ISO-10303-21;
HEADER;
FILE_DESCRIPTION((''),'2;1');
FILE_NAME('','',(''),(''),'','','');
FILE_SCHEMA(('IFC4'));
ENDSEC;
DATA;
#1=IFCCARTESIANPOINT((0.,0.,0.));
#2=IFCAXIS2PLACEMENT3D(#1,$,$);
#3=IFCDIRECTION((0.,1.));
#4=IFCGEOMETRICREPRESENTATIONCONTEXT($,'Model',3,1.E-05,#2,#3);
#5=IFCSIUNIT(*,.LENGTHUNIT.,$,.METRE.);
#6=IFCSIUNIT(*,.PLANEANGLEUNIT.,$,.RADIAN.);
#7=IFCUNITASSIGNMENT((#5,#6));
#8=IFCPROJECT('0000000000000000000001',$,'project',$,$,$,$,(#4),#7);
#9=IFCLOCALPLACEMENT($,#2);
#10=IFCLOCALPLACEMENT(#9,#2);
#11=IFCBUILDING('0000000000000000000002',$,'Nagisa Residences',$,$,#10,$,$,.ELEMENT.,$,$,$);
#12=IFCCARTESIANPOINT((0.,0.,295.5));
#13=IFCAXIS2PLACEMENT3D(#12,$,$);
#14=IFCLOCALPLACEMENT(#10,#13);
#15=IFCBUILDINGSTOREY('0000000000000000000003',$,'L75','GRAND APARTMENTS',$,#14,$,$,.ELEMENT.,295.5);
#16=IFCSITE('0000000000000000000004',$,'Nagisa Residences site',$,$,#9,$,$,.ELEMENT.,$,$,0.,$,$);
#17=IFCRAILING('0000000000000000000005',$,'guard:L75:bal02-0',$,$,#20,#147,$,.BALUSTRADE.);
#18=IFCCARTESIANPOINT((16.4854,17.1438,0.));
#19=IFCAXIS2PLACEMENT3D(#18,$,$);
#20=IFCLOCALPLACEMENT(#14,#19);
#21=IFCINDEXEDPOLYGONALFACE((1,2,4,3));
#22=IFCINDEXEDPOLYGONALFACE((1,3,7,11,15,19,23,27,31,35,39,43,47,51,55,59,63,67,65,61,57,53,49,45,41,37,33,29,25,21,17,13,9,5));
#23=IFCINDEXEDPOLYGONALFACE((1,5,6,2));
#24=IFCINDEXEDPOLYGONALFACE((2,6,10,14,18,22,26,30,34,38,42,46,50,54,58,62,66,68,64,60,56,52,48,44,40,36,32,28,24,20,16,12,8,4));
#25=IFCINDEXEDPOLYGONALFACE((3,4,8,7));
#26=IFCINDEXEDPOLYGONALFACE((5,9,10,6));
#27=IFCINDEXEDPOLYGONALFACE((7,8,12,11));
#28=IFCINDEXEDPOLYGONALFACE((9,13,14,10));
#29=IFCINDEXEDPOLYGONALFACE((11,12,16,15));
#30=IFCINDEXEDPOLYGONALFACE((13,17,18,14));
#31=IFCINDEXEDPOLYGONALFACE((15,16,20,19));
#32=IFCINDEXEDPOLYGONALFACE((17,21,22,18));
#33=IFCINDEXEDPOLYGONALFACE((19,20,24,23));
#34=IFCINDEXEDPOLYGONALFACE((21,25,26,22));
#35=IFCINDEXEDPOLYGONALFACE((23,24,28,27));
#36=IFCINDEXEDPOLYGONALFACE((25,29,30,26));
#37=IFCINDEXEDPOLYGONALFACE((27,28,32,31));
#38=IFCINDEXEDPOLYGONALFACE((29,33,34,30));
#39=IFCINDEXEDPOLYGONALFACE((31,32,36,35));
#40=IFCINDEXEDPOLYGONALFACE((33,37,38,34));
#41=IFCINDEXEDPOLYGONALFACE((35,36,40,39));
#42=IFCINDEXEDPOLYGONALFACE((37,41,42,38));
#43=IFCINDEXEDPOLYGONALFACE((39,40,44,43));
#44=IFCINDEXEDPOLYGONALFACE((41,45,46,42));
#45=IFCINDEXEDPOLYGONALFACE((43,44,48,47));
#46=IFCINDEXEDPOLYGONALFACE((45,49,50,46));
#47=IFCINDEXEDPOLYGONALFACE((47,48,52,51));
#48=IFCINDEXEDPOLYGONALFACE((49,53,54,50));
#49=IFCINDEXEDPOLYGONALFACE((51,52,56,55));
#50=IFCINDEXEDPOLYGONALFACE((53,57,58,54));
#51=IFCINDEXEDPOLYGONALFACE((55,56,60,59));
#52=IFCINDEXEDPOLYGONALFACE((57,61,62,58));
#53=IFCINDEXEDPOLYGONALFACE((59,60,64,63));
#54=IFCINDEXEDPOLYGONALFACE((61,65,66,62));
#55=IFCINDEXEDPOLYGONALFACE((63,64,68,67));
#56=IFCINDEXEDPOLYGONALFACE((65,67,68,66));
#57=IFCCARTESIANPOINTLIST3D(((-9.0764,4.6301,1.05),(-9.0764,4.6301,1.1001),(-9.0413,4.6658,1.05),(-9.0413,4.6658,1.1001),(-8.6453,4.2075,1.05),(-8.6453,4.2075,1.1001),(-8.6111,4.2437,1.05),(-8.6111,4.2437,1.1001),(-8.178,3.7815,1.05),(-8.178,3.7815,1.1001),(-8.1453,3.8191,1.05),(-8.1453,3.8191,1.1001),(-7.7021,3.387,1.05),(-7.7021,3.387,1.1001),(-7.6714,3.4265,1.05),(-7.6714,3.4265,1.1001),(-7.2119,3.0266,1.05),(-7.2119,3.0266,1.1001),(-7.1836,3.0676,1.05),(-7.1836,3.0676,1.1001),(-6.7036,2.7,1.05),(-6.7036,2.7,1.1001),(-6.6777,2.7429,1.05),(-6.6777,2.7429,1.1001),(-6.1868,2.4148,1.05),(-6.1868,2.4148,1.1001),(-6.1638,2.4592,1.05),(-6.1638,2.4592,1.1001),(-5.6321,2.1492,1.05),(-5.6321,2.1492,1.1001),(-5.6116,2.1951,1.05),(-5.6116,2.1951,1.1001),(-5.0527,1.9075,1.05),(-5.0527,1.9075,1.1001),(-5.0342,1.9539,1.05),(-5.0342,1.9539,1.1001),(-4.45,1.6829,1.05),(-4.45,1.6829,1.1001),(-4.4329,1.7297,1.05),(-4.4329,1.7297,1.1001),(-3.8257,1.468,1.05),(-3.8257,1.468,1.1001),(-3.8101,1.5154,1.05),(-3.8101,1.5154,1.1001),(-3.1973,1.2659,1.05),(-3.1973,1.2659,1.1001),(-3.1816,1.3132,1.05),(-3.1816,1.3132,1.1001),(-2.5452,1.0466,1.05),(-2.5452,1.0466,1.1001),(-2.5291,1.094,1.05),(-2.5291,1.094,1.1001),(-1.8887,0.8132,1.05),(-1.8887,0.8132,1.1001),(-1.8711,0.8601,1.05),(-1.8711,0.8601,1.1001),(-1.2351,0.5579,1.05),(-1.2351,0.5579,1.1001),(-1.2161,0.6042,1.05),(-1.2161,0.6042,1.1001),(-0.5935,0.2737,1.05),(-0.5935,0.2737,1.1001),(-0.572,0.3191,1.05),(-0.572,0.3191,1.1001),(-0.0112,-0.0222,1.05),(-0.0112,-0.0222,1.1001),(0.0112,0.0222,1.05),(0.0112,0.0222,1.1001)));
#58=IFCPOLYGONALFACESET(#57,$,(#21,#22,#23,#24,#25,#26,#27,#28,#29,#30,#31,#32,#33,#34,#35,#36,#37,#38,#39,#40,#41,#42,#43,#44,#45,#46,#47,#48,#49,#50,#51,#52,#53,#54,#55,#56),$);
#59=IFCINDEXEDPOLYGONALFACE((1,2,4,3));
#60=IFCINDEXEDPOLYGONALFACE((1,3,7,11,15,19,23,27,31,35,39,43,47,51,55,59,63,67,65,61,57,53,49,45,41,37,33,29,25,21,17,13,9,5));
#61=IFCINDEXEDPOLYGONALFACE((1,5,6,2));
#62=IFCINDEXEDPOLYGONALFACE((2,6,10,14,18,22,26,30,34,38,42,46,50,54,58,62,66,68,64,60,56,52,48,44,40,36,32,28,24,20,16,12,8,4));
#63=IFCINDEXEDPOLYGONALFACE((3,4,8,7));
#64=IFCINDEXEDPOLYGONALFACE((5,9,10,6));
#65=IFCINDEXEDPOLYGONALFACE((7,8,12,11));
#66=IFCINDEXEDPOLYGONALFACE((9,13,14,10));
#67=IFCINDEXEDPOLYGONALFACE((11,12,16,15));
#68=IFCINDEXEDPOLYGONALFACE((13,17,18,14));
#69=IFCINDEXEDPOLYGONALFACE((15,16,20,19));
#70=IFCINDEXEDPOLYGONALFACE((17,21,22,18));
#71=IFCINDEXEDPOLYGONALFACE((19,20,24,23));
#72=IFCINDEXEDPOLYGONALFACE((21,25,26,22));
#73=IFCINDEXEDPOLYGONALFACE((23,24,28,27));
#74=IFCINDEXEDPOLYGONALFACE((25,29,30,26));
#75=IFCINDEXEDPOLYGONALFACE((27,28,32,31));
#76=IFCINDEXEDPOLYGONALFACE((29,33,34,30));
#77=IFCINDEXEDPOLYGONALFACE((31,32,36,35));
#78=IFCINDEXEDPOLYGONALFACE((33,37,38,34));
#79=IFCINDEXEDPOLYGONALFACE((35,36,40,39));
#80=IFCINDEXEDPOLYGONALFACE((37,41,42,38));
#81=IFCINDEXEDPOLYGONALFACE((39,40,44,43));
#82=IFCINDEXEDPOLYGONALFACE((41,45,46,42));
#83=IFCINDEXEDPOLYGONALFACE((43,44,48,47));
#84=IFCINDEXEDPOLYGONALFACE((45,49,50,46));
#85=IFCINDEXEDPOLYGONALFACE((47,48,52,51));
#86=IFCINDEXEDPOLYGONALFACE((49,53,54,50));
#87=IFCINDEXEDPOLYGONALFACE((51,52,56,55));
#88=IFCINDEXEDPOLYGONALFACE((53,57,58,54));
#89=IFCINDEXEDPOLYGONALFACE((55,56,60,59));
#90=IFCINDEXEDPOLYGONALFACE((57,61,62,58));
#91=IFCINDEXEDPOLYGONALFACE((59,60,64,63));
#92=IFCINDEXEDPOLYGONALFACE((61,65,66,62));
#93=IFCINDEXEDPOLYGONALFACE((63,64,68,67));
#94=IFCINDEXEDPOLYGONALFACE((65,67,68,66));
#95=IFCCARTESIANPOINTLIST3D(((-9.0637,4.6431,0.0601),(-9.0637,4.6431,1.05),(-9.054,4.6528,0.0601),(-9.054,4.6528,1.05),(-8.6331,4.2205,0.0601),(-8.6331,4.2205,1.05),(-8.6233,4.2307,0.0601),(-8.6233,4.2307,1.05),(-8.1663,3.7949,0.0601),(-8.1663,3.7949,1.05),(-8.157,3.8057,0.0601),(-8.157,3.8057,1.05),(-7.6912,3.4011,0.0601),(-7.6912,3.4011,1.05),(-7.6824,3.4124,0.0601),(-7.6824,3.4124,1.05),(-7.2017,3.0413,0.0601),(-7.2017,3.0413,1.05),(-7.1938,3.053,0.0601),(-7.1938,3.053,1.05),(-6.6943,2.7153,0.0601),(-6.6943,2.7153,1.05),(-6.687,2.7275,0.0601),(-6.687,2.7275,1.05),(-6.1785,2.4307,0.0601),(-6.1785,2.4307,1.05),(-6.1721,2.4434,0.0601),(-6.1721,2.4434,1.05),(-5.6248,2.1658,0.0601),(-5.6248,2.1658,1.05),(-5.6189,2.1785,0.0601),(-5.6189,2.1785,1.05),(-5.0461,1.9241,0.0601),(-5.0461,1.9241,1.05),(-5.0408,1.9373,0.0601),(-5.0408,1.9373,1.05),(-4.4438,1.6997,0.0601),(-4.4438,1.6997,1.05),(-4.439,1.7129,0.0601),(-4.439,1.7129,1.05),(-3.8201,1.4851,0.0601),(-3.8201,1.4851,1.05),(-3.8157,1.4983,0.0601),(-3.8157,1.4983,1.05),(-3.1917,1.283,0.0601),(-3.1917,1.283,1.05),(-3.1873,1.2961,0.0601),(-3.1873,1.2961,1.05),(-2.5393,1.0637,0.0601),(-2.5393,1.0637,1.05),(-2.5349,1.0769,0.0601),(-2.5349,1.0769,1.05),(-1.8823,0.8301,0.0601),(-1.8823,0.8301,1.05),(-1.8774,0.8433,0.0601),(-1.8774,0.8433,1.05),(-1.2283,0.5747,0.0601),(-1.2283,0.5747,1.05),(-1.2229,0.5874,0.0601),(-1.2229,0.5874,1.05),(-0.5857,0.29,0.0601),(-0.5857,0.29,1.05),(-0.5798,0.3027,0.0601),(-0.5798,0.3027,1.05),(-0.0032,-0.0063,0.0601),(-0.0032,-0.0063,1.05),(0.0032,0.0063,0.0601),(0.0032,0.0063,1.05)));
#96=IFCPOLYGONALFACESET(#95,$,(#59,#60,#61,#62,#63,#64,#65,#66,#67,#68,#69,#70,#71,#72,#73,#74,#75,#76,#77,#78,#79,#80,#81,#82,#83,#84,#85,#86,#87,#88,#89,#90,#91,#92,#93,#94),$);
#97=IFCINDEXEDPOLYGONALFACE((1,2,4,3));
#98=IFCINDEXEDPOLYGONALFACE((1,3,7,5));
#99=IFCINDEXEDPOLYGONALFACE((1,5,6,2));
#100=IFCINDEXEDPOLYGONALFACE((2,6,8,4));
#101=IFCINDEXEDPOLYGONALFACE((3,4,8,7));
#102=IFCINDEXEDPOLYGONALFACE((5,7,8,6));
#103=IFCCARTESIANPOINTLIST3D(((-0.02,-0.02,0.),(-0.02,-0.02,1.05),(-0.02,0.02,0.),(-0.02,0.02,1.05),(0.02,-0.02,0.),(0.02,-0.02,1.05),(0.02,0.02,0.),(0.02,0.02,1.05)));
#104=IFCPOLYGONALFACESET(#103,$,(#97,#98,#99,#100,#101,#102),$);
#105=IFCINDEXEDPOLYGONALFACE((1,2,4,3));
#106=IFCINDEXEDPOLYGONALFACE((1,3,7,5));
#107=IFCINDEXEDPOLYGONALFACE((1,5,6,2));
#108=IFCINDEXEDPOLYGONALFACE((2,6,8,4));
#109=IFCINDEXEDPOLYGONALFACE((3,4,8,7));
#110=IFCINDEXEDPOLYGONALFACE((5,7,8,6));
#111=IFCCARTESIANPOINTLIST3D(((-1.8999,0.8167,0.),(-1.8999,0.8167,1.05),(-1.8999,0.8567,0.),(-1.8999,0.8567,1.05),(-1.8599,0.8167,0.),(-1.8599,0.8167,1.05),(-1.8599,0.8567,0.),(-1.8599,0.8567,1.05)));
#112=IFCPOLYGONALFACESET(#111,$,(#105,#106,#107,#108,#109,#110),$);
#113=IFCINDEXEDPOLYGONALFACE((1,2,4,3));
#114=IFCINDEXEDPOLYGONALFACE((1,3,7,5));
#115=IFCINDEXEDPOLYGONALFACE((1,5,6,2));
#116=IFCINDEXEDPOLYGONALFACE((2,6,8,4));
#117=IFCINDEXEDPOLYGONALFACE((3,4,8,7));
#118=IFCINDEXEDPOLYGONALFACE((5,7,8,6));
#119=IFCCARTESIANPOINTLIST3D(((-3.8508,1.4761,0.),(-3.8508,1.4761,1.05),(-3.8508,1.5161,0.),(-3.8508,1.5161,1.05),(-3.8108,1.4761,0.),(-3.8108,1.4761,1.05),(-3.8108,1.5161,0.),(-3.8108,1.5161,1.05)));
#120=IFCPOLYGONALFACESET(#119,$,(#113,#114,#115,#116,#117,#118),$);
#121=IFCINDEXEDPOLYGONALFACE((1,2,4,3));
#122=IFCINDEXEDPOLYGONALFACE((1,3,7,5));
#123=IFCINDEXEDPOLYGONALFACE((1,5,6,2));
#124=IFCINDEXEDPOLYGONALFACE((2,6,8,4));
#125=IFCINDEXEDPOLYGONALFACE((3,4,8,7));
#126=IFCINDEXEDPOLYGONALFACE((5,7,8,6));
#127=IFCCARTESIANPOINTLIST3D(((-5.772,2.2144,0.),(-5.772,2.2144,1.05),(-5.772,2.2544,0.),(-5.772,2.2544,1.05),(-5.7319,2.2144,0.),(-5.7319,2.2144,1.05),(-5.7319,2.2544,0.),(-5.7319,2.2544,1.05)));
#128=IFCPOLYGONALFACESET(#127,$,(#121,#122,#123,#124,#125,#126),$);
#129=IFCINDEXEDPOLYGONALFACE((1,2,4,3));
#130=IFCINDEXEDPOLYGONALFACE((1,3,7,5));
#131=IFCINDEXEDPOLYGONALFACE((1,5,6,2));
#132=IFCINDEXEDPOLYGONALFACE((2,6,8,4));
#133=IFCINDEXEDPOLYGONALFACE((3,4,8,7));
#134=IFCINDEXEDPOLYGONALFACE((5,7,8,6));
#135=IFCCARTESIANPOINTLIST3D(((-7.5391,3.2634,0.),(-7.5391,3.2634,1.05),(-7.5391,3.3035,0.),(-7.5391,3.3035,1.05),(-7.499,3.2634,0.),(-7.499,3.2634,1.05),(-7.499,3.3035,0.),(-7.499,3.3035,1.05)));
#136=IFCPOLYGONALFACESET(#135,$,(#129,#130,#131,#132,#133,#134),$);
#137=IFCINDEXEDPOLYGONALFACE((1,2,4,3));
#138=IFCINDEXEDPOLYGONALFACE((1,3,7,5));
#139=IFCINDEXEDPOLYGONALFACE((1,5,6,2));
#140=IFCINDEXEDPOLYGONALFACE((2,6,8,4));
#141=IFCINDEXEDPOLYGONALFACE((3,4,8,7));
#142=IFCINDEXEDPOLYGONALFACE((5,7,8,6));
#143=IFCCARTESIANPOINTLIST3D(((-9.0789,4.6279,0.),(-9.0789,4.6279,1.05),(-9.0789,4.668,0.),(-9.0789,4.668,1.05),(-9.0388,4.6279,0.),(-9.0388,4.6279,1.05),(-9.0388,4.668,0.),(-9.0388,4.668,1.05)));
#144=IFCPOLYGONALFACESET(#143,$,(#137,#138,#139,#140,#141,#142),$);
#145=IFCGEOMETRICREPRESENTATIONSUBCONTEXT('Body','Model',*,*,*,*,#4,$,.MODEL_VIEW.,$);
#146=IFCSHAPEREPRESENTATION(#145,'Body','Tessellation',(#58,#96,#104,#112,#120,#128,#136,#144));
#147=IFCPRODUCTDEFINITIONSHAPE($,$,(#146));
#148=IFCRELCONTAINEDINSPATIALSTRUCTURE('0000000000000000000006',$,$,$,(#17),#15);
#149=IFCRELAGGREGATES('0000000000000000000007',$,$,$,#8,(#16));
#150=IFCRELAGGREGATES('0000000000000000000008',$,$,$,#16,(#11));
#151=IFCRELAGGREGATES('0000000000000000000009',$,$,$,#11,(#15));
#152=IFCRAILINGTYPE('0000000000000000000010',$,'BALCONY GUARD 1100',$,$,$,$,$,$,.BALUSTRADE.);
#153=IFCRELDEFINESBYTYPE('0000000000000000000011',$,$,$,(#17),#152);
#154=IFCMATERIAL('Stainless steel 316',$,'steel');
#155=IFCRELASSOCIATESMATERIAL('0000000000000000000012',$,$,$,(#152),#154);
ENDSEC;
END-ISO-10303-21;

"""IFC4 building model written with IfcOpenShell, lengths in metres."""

from ifc_helpers import new_model, si_unit, direction, frame, origin, origin_2d, place, context, subcontext, project, spatial, polyline, rectangle, outline, extrude, material, type_object, element, save


model = new_model("IFC4")

# Units and contexts
model_context = context("Model", 3, precision=1e-05, world=origin(), true_north=direction((0.0, 1.0)))
body_context = subcontext(model_context, "Body", "Model", "MODEL_VIEW")
ifc_project = project(units=[si_unit("LENGTHUNIT", "METRE"), si_unit("PLANEANGLEUNIT", "RADIAN")], contexts=[model_context])

# Site, building, storey
site_placement = place(None, origin())
site = spatial("IfcSite", under=ifc_project, at=site_placement, Name="Nagisa Residences site", CompositionType="ELEMENT", RefElevation=0.0)
building_placement = place(site_placement, origin())
building = spatial("IfcBuilding", under=site, at=building_placement, Name="Nagisa Residences", CompositionType="ELEMENT")
storey_placement = place(building_placement, frame((0.0, 0.0, 295.5)))
storey = spatial("IfcBuildingStorey", under=building, at=storey_placement, Name="L75", Description="GRAND APARTMENTS", CompositionType="ELEMENT", Elevation=295.5)

# Railing
ifc_material_1 = material(Name="Stainless steel 316", Category="steel")
railing_type = type_object("IfcRailingType", Name="BALCONY GUARD 1100", PredefinedType="BALUSTRADE", material=ifc_material_1)
railing_placement = place(storey_placement, frame((16.4854, 17.1438, 0.0)))
element("IfcRailing", 1, at=railing_placement, inside=storey, type_object=railing_type, Name="guard:L75:bal02-0", PredefinedType="BALUSTRADE", context=body_context, shape_type="SweptSolid", body=[
    extrude(outline(polyline([(-0.5935, 0.2737), (-0.0112, -0.0222), (0.0112, 0.0222), (-0.572, 0.3191), (-1.2161, 0.6042), (-1.8711, 0.8601), (-2.5291, 1.094), (-3.1816, 1.3132), (-3.8101, 1.5154), (-4.4329, 1.7297), (-5.0342, 1.9539), (-5.6116, 2.1951), (-6.1638, 2.4592), (-6.6777, 2.7429), (-7.1836, 3.0676), (-7.6714, 3.4265), (-8.1453, 3.8191), (-8.6111, 4.2437), (-9.0413, 4.6658), (-9.0764, 4.6301), (-8.6453, 4.2075), (-8.178, 3.7815), (-7.7021, 3.387), (-7.2119, 3.0266), (-6.7036, 2.7), (-6.1868, 2.4148), (-5.6321, 2.1492), (-5.0527, 1.9075), (-4.45, 1.6829), (-3.8257, 1.468), (-3.1973, 1.2659), (-2.5452, 1.0466), (-1.8887, 0.8132), (-1.2351, 0.5579), (-0.5935, 0.2737)])), frame((0.0, 0.0, 1.05)), (0.0, 0.0, 1.0), 0.05),
    extrude(outline(polyline([(-0.5857, 0.29), (-0.0032, -0.0063), (0.0032, 0.0063), (-0.5798, 0.3027), (-1.2229, 0.5874), (-1.8774, 0.8433), (-2.5349, 1.0769), (-3.1873, 1.2961), (-3.8157, 1.4983), (-4.439, 1.7129), (-5.0408, 1.9373), (-5.6189, 2.1785), (-6.1721, 2.4434), (-6.687, 2.7275), (-7.1938, 3.053), (-7.6824, 3.4124), (-8.157, 3.8057), (-8.6233, 4.2307), (-9.054, 4.6528), (-9.0637, 4.6431), (-8.6331, 4.2205), (-8.1663, 3.7949), (-7.6912, 3.4011), (-7.2017, 3.0413), (-6.6943, 2.7153), (-6.1785, 2.4307), (-5.6248, 2.1658), (-5.0461, 1.9241), (-4.4438, 1.6997), (-3.8201, 1.4851), (-3.1917, 1.283), (-2.5393, 1.0637), (-1.8823, 0.8301), (-1.2283, 0.5747), (-0.5857, 0.29)])), frame((0.0, 0.0, 0.0601)), (0.0, 0.0, 1.0), 0.99),
    extrude(rectangle(XDim=0.04, YDim=0.04, at=origin_2d()), origin(), (0.0, 0.0, 1.0), 1.05),
    extrude(rectangle(XDim=0.04, YDim=0.04, at=origin_2d()), frame((-1.8799, 0.8367, 0.0)), (0.0, 0.0, 1.0), 1.05),
    extrude(rectangle(XDim=0.04, YDim=0.04, at=origin_2d()), frame((-3.8308, 1.4961, 0.0)), (0.0, 0.0, 1.0), 1.05),
    extrude(rectangle(XDim=0.04, YDim=0.04, at=origin_2d()), frame((-5.752, 2.2344, 0.0)), (0.0, 0.0, 1.0), 1.05),
    extrude(rectangle(XDim=0.04, YDim=0.04, at=origin_2d()), frame((-7.519, 3.2834, 0.0)), (0.0, 0.0, 1.0), 1.05),
    extrude(rectangle(XDim=0.04, YDim=0.04, at=origin_2d()), frame((-9.0588, 4.6479, 0.0)), (0.0, 0.0, 1.0), 1.05),
])

save(model, "model.ifc")
